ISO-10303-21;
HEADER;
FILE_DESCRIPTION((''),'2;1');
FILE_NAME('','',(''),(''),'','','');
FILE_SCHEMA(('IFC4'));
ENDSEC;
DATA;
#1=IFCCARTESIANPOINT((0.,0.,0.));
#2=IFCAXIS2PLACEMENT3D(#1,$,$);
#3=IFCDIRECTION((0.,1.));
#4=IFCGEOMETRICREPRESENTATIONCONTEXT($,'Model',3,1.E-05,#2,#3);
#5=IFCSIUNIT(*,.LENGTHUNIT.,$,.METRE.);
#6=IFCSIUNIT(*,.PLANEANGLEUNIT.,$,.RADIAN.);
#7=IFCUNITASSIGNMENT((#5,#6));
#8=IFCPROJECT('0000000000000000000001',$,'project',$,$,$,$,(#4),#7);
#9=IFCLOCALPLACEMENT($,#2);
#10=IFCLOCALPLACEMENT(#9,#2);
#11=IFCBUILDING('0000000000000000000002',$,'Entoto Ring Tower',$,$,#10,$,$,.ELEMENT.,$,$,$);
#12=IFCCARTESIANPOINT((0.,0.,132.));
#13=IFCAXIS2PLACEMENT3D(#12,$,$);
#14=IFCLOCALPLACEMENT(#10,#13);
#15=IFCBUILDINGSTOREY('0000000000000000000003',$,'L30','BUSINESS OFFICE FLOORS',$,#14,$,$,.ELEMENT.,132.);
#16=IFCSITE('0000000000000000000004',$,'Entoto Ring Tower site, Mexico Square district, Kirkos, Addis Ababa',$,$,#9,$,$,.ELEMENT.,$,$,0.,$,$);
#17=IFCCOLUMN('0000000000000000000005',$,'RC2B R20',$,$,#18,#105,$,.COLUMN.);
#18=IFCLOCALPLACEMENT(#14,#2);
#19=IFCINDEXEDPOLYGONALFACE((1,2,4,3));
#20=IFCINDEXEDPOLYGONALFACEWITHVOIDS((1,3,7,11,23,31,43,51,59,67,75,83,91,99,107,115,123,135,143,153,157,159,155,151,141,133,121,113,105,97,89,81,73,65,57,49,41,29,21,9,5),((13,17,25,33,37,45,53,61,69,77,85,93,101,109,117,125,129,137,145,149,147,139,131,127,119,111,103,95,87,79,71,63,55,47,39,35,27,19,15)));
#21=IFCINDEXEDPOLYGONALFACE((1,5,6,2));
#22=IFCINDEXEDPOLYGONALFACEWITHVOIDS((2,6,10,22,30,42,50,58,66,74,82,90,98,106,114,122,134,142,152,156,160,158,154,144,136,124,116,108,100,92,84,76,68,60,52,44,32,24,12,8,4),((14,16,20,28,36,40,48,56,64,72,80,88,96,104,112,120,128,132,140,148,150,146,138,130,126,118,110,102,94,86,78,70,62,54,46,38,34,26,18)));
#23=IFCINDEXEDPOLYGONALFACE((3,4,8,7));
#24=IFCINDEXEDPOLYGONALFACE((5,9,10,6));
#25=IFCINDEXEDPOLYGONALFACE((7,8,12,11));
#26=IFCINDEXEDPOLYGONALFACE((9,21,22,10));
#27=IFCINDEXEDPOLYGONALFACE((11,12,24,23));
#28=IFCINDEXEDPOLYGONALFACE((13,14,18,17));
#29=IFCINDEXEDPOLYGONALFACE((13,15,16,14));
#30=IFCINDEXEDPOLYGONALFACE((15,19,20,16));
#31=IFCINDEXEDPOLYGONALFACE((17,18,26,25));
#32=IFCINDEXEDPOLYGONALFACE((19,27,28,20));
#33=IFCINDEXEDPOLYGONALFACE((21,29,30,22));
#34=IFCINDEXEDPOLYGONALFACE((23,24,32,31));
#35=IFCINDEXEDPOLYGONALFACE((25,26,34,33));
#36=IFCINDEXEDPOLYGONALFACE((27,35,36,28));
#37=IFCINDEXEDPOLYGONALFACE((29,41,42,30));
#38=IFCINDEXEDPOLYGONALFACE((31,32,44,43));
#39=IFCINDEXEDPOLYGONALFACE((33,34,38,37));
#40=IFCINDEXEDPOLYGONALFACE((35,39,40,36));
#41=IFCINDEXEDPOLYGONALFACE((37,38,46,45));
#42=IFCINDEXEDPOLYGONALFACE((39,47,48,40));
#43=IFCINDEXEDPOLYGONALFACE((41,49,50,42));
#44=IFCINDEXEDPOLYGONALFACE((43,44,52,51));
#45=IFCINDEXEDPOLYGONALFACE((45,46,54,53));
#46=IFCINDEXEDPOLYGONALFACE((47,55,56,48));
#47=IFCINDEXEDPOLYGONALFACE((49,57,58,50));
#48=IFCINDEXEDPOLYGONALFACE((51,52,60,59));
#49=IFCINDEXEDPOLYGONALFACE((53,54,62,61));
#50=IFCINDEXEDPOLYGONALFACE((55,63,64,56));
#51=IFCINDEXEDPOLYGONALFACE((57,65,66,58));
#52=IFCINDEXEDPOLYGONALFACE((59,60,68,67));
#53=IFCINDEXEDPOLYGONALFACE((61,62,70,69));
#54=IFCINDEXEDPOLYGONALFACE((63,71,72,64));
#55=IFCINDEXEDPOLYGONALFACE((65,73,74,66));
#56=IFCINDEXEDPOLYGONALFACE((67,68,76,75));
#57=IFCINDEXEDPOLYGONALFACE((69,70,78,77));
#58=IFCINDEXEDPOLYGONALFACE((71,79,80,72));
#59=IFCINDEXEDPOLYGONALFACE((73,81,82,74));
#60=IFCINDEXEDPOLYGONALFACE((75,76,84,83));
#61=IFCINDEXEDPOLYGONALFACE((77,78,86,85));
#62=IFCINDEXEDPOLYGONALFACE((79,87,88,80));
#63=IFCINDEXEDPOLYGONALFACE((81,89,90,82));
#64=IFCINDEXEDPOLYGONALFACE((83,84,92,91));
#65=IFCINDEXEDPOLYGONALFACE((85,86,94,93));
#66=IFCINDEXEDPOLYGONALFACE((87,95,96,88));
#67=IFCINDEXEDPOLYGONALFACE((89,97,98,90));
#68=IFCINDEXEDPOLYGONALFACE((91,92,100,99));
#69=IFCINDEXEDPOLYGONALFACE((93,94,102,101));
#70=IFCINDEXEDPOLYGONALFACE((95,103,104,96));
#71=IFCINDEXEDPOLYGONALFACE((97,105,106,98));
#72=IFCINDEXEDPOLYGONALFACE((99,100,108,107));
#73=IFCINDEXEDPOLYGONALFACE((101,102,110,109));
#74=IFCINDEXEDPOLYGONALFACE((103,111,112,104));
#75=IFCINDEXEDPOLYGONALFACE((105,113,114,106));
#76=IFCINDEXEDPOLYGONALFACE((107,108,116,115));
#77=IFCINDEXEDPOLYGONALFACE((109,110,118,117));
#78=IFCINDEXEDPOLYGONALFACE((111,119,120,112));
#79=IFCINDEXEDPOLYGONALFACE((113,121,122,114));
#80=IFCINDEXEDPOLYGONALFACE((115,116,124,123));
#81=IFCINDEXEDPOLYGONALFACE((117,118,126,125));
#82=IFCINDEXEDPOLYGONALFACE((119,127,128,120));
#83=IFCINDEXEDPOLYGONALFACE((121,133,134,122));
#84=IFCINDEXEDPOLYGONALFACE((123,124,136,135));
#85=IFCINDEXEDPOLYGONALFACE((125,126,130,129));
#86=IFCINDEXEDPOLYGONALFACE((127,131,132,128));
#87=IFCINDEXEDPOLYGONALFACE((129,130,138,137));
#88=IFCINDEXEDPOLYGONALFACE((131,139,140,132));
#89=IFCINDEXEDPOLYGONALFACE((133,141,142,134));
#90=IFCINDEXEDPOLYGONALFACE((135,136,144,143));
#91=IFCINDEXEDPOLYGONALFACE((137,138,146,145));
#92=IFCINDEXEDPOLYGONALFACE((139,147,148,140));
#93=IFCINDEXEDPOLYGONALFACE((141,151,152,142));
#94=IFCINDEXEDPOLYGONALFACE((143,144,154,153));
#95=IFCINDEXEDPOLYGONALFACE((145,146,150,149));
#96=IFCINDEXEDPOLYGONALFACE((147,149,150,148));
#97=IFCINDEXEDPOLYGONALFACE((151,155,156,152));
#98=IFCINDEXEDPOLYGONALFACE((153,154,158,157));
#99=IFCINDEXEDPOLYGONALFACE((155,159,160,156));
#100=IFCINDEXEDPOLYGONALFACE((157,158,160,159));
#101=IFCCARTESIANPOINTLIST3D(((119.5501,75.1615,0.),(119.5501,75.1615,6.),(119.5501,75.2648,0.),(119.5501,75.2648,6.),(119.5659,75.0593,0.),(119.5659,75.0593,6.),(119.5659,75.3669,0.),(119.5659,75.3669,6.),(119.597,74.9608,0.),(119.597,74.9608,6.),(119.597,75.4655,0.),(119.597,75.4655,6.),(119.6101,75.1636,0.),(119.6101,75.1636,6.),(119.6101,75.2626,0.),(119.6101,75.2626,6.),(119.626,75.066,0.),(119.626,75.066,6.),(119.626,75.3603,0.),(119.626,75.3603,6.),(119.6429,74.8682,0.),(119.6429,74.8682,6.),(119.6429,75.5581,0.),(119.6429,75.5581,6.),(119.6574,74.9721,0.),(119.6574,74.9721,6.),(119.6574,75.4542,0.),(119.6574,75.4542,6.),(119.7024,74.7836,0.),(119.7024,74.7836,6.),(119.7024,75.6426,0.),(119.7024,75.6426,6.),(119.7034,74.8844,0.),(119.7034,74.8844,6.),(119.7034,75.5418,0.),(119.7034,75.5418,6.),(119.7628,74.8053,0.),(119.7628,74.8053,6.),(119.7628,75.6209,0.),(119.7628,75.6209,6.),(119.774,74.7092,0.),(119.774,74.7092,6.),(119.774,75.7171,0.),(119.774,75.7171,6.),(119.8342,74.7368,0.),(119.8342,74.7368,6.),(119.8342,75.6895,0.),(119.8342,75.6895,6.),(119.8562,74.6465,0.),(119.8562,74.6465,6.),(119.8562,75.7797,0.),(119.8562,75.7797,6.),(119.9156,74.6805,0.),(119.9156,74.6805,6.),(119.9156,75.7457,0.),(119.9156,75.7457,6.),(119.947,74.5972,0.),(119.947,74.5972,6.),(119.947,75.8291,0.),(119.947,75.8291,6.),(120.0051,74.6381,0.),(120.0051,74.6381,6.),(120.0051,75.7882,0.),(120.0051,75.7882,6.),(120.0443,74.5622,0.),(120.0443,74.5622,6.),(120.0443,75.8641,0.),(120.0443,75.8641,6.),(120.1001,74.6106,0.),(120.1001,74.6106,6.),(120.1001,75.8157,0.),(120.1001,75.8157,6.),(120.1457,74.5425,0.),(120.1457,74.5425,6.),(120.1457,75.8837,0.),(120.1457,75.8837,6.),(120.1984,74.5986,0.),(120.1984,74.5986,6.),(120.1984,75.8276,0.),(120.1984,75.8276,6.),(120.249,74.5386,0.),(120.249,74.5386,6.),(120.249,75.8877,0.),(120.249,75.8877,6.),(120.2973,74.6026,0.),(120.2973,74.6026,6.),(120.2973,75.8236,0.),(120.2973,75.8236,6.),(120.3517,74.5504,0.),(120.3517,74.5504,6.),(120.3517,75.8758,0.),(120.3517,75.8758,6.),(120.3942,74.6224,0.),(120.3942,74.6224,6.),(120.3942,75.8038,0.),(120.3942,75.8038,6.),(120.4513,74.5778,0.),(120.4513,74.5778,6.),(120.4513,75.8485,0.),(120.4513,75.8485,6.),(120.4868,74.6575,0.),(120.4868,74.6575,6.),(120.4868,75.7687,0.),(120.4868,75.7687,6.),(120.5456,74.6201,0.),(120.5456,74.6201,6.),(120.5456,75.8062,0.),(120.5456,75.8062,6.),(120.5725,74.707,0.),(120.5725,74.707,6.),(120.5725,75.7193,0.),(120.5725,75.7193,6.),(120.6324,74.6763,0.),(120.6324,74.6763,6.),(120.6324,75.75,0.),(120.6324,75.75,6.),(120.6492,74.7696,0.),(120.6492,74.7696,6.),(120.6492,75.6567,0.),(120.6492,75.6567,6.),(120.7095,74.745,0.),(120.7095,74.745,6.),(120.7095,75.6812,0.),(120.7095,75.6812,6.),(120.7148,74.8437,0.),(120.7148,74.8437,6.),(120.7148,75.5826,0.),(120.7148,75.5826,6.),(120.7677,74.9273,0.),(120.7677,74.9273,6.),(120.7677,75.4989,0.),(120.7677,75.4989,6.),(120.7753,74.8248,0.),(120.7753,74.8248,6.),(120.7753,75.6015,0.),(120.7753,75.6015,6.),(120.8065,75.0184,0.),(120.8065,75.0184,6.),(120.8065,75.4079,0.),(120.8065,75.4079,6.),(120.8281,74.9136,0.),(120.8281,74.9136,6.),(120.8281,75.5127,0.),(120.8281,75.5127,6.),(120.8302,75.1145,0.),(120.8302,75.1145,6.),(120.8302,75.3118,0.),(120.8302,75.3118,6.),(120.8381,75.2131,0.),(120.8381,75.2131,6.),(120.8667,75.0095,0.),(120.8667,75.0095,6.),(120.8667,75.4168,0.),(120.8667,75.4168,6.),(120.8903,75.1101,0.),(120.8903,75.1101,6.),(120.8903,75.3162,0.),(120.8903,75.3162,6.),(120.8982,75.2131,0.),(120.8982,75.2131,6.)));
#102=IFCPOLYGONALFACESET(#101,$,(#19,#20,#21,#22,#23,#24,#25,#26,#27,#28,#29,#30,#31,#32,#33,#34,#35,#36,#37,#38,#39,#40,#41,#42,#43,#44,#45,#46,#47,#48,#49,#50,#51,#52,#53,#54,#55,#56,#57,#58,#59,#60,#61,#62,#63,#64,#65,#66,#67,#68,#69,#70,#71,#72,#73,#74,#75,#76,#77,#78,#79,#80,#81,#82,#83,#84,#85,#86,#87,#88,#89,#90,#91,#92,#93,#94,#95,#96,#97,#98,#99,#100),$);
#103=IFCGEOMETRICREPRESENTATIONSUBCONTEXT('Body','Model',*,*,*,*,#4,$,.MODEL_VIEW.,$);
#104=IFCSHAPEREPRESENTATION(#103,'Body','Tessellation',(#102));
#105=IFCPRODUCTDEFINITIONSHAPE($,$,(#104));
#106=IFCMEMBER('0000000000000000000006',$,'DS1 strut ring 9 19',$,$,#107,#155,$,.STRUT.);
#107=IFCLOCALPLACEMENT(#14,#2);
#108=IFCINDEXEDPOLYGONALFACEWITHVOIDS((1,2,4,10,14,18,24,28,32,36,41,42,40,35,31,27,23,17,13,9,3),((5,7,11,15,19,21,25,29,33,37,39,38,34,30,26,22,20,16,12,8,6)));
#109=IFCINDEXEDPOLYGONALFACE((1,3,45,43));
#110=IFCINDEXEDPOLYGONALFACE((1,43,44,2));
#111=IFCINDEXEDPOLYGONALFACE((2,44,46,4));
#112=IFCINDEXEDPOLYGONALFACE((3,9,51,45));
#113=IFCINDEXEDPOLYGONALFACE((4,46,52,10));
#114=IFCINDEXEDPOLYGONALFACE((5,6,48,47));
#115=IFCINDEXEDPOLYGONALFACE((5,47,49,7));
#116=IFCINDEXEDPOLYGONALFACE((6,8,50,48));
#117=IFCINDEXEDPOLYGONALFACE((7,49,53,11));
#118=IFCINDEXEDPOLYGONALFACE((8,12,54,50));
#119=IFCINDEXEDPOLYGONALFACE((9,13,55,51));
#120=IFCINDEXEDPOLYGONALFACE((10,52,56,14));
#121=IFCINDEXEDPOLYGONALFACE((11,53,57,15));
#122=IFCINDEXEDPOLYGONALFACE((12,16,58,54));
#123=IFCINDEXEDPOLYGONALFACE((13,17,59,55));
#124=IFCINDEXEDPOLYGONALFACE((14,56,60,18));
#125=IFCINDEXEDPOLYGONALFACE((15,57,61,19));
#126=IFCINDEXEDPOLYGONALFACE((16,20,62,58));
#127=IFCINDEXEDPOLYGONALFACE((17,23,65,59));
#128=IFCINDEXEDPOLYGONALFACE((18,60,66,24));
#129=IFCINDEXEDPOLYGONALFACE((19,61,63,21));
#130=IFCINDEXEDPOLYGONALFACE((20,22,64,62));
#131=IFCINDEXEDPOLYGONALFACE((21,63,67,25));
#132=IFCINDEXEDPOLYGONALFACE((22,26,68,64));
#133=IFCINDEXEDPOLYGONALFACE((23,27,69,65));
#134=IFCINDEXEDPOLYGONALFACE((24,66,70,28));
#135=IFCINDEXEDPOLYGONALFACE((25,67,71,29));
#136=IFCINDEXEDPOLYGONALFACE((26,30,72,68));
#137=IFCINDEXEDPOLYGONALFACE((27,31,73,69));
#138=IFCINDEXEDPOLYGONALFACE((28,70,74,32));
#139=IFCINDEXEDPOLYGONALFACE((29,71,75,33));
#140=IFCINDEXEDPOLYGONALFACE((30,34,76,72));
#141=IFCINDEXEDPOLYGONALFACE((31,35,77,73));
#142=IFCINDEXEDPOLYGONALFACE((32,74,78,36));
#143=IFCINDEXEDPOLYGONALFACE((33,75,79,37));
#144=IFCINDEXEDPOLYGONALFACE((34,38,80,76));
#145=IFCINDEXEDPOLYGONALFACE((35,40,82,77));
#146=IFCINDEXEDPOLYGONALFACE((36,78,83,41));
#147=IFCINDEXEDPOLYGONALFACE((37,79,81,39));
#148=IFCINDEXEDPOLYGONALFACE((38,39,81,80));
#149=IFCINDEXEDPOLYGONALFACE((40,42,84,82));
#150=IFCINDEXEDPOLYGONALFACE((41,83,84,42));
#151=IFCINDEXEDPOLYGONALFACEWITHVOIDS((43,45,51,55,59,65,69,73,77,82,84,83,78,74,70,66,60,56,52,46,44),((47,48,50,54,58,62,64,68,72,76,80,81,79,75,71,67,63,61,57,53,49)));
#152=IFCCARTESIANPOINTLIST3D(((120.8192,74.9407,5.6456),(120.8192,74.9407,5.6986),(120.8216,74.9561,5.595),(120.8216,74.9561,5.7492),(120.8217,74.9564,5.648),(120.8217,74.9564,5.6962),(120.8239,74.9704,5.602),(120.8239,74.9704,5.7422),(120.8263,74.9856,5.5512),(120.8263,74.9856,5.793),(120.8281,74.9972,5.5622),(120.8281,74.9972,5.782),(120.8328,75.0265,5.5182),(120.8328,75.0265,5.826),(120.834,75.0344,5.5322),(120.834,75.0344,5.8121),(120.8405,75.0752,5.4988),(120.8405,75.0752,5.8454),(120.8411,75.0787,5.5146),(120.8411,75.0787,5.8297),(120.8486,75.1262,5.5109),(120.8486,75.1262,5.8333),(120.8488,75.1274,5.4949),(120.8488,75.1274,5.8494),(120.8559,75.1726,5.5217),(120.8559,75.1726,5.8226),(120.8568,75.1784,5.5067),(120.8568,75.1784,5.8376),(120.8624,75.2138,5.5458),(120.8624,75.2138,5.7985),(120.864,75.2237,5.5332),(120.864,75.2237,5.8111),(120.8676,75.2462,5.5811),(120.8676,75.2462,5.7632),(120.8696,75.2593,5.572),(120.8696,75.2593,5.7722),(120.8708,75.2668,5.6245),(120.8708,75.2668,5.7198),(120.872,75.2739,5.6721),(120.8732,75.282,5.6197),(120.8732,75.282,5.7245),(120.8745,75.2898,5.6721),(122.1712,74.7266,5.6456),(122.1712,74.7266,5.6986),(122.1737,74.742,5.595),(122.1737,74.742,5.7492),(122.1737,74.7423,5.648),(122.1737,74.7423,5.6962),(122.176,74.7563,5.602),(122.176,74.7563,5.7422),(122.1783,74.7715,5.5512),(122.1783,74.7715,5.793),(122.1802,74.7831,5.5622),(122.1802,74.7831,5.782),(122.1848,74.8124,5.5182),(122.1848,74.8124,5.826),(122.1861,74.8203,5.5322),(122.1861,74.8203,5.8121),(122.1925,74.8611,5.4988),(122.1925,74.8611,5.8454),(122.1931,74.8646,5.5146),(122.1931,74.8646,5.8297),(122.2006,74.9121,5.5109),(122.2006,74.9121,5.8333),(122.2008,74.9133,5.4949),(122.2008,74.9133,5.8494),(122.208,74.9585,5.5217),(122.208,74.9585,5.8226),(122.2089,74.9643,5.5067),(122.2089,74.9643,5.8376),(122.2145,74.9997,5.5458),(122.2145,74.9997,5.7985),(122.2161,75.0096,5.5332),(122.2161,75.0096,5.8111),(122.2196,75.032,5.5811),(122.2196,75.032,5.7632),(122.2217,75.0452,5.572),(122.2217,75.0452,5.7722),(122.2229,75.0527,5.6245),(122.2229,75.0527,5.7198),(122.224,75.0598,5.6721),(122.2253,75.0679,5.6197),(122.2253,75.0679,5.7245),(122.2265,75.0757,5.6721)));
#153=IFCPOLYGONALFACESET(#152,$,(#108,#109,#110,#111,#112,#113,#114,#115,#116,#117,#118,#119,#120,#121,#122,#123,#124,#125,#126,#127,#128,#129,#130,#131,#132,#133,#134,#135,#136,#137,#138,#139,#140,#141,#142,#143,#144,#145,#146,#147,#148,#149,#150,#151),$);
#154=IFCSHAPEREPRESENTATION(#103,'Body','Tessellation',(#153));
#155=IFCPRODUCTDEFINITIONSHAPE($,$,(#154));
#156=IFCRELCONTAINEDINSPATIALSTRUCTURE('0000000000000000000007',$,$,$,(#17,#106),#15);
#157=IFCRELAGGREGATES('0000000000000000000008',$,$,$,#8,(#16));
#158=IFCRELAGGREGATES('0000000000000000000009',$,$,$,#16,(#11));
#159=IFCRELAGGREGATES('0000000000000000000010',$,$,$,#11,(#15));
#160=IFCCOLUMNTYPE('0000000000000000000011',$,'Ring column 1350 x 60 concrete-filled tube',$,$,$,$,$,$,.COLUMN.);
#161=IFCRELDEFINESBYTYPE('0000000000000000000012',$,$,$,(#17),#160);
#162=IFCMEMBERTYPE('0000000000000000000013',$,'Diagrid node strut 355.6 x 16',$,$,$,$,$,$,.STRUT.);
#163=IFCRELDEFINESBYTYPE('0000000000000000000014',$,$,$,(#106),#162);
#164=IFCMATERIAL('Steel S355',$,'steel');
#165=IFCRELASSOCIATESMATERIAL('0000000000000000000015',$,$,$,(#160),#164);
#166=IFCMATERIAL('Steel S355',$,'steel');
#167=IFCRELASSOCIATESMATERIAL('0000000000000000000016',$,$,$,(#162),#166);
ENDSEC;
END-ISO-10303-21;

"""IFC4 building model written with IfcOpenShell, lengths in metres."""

from ifc_helpers import new_model, si_unit, direction, frame, origin, origin_2d, place, context, subcontext, project, spatial, circle, hollow_circle, extrude, material, material_profile, profile_set, type_object, element, save


model = new_model("IFC4")

# Units and contexts
model_context = context("Model", 3, precision=1e-05, world=origin(), true_north=direction((0.0, 1.0)))
body_context = subcontext(model_context, "Body", "Model", "MODEL_VIEW")
ifc_project = project(units=[si_unit("LENGTHUNIT", "METRE"), si_unit("PLANEANGLEUNIT", "RADIAN")], contexts=[model_context])

# Site, building, storey
site_placement = place(None, origin())
site = spatial("IfcSite", under=ifc_project, at=site_placement, Name="Entoto Ring Tower site, Mexico Square district, Kirkos, Addis Ababa", CompositionType="ELEMENT", RefElevation=0.0)
building_placement = place(site_placement, origin())
building = spatial("IfcBuilding", under=site, at=building_placement, Name="Entoto Ring Tower", CompositionType="ELEMENT")
storey_placement = place(building_placement, frame((0.0, 0.0, 132.0)))
storey = spatial("IfcBuildingStorey", under=building, at=storey_placement, Name="L30", Description="BUSINESS OFFICE FLOORS", CompositionType="ELEMENT", Elevation=132.0)

# Column
ifc_material_1 = material(Name="Steel S355", Category="steel")
ifc_material_profile_1 = material_profile(ifc_material_1, hollow_circle(Radius=0.675, WallThickness=0.0601, at=origin_2d()), Name="CHS 1350 x 60")
ifc_material_2 = material(Name="Concrete C60/75", Category="concrete")
ifc_material_profile_2 = material_profile(ifc_material_2, circle(Radius=0.615, at=origin_2d()), Name="Concrete C60/75 infill")
ifc_profile_set_1 = profile_set([ifc_material_profile_1, ifc_material_profile_2], Name="Steel S355")
column_type = type_object("IfcColumnType", Name="Ring column 1350 x 60 concrete-filled tube", PredefinedType="COLUMN", material=ifc_profile_set_1)
column_placement = place(storey_placement, frame((120.2231, 75.2131, 0.0), z_axis=(0.0, 0.0, 1.0), x_axis=(1.0, 0.0, 0.0)))
element("IfcColumn", 1, at=column_placement, inside=storey, type_object=column_type, Name="RC2B R20", PredefinedType="COLUMN", context=body_context, shape_type="SweptSolid", body=[
    extrude(hollow_circle(Radius=0.675, WallThickness=0.0601, at=origin_2d()), origin(), (0.0, 0.0, 1.0), 6.0),
])

# Member
ifc_material_3 = material(Name="Steel S355", Category="steel")
ifc_material_profile_3 = material_profile(ifc_material_3, hollow_circle(Radius=0.1777, WallThickness=0.0161, at=origin_2d()), Name="CHS 355.6 x 16")
ifc_material_4 = material(Name="Concrete C60/75", Category="concrete")
ifc_material_profile_4 = material_profile(ifc_material_4, circle(Radius=0.1619, at=origin_2d()), Name="Concrete C60/75 infill")
ifc_profile_set_2 = profile_set([ifc_material_profile_3, ifc_material_profile_4], Name="Steel S355")
member_type_1 = type_object("IfcMemberType", Name="Diagrid node strut 355.6 x 16", PredefinedType="STRUT", material=ifc_profile_set_2)
member_1_placement = place(storey_placement, frame((120.8467, 75.1143, 5.6721), z_axis=(0.987692, -0.156411, 0.0), x_axis=(0.156411, 0.987692, 0.0)))
element("IfcMember", 2, at=member_1_placement, inside=storey, type_object=member_type_1, Name="DS1 strut ring 9 19", PredefinedType="STRUT", context=body_context, shape_type="SweptSolid", body=[
    extrude(hollow_circle(Radius=0.1777, WallThickness=0.0161, at=origin_2d()), origin(), (0.0, 0.0, 1.0), 1.3689),
])

save(model, "model.ifc")
